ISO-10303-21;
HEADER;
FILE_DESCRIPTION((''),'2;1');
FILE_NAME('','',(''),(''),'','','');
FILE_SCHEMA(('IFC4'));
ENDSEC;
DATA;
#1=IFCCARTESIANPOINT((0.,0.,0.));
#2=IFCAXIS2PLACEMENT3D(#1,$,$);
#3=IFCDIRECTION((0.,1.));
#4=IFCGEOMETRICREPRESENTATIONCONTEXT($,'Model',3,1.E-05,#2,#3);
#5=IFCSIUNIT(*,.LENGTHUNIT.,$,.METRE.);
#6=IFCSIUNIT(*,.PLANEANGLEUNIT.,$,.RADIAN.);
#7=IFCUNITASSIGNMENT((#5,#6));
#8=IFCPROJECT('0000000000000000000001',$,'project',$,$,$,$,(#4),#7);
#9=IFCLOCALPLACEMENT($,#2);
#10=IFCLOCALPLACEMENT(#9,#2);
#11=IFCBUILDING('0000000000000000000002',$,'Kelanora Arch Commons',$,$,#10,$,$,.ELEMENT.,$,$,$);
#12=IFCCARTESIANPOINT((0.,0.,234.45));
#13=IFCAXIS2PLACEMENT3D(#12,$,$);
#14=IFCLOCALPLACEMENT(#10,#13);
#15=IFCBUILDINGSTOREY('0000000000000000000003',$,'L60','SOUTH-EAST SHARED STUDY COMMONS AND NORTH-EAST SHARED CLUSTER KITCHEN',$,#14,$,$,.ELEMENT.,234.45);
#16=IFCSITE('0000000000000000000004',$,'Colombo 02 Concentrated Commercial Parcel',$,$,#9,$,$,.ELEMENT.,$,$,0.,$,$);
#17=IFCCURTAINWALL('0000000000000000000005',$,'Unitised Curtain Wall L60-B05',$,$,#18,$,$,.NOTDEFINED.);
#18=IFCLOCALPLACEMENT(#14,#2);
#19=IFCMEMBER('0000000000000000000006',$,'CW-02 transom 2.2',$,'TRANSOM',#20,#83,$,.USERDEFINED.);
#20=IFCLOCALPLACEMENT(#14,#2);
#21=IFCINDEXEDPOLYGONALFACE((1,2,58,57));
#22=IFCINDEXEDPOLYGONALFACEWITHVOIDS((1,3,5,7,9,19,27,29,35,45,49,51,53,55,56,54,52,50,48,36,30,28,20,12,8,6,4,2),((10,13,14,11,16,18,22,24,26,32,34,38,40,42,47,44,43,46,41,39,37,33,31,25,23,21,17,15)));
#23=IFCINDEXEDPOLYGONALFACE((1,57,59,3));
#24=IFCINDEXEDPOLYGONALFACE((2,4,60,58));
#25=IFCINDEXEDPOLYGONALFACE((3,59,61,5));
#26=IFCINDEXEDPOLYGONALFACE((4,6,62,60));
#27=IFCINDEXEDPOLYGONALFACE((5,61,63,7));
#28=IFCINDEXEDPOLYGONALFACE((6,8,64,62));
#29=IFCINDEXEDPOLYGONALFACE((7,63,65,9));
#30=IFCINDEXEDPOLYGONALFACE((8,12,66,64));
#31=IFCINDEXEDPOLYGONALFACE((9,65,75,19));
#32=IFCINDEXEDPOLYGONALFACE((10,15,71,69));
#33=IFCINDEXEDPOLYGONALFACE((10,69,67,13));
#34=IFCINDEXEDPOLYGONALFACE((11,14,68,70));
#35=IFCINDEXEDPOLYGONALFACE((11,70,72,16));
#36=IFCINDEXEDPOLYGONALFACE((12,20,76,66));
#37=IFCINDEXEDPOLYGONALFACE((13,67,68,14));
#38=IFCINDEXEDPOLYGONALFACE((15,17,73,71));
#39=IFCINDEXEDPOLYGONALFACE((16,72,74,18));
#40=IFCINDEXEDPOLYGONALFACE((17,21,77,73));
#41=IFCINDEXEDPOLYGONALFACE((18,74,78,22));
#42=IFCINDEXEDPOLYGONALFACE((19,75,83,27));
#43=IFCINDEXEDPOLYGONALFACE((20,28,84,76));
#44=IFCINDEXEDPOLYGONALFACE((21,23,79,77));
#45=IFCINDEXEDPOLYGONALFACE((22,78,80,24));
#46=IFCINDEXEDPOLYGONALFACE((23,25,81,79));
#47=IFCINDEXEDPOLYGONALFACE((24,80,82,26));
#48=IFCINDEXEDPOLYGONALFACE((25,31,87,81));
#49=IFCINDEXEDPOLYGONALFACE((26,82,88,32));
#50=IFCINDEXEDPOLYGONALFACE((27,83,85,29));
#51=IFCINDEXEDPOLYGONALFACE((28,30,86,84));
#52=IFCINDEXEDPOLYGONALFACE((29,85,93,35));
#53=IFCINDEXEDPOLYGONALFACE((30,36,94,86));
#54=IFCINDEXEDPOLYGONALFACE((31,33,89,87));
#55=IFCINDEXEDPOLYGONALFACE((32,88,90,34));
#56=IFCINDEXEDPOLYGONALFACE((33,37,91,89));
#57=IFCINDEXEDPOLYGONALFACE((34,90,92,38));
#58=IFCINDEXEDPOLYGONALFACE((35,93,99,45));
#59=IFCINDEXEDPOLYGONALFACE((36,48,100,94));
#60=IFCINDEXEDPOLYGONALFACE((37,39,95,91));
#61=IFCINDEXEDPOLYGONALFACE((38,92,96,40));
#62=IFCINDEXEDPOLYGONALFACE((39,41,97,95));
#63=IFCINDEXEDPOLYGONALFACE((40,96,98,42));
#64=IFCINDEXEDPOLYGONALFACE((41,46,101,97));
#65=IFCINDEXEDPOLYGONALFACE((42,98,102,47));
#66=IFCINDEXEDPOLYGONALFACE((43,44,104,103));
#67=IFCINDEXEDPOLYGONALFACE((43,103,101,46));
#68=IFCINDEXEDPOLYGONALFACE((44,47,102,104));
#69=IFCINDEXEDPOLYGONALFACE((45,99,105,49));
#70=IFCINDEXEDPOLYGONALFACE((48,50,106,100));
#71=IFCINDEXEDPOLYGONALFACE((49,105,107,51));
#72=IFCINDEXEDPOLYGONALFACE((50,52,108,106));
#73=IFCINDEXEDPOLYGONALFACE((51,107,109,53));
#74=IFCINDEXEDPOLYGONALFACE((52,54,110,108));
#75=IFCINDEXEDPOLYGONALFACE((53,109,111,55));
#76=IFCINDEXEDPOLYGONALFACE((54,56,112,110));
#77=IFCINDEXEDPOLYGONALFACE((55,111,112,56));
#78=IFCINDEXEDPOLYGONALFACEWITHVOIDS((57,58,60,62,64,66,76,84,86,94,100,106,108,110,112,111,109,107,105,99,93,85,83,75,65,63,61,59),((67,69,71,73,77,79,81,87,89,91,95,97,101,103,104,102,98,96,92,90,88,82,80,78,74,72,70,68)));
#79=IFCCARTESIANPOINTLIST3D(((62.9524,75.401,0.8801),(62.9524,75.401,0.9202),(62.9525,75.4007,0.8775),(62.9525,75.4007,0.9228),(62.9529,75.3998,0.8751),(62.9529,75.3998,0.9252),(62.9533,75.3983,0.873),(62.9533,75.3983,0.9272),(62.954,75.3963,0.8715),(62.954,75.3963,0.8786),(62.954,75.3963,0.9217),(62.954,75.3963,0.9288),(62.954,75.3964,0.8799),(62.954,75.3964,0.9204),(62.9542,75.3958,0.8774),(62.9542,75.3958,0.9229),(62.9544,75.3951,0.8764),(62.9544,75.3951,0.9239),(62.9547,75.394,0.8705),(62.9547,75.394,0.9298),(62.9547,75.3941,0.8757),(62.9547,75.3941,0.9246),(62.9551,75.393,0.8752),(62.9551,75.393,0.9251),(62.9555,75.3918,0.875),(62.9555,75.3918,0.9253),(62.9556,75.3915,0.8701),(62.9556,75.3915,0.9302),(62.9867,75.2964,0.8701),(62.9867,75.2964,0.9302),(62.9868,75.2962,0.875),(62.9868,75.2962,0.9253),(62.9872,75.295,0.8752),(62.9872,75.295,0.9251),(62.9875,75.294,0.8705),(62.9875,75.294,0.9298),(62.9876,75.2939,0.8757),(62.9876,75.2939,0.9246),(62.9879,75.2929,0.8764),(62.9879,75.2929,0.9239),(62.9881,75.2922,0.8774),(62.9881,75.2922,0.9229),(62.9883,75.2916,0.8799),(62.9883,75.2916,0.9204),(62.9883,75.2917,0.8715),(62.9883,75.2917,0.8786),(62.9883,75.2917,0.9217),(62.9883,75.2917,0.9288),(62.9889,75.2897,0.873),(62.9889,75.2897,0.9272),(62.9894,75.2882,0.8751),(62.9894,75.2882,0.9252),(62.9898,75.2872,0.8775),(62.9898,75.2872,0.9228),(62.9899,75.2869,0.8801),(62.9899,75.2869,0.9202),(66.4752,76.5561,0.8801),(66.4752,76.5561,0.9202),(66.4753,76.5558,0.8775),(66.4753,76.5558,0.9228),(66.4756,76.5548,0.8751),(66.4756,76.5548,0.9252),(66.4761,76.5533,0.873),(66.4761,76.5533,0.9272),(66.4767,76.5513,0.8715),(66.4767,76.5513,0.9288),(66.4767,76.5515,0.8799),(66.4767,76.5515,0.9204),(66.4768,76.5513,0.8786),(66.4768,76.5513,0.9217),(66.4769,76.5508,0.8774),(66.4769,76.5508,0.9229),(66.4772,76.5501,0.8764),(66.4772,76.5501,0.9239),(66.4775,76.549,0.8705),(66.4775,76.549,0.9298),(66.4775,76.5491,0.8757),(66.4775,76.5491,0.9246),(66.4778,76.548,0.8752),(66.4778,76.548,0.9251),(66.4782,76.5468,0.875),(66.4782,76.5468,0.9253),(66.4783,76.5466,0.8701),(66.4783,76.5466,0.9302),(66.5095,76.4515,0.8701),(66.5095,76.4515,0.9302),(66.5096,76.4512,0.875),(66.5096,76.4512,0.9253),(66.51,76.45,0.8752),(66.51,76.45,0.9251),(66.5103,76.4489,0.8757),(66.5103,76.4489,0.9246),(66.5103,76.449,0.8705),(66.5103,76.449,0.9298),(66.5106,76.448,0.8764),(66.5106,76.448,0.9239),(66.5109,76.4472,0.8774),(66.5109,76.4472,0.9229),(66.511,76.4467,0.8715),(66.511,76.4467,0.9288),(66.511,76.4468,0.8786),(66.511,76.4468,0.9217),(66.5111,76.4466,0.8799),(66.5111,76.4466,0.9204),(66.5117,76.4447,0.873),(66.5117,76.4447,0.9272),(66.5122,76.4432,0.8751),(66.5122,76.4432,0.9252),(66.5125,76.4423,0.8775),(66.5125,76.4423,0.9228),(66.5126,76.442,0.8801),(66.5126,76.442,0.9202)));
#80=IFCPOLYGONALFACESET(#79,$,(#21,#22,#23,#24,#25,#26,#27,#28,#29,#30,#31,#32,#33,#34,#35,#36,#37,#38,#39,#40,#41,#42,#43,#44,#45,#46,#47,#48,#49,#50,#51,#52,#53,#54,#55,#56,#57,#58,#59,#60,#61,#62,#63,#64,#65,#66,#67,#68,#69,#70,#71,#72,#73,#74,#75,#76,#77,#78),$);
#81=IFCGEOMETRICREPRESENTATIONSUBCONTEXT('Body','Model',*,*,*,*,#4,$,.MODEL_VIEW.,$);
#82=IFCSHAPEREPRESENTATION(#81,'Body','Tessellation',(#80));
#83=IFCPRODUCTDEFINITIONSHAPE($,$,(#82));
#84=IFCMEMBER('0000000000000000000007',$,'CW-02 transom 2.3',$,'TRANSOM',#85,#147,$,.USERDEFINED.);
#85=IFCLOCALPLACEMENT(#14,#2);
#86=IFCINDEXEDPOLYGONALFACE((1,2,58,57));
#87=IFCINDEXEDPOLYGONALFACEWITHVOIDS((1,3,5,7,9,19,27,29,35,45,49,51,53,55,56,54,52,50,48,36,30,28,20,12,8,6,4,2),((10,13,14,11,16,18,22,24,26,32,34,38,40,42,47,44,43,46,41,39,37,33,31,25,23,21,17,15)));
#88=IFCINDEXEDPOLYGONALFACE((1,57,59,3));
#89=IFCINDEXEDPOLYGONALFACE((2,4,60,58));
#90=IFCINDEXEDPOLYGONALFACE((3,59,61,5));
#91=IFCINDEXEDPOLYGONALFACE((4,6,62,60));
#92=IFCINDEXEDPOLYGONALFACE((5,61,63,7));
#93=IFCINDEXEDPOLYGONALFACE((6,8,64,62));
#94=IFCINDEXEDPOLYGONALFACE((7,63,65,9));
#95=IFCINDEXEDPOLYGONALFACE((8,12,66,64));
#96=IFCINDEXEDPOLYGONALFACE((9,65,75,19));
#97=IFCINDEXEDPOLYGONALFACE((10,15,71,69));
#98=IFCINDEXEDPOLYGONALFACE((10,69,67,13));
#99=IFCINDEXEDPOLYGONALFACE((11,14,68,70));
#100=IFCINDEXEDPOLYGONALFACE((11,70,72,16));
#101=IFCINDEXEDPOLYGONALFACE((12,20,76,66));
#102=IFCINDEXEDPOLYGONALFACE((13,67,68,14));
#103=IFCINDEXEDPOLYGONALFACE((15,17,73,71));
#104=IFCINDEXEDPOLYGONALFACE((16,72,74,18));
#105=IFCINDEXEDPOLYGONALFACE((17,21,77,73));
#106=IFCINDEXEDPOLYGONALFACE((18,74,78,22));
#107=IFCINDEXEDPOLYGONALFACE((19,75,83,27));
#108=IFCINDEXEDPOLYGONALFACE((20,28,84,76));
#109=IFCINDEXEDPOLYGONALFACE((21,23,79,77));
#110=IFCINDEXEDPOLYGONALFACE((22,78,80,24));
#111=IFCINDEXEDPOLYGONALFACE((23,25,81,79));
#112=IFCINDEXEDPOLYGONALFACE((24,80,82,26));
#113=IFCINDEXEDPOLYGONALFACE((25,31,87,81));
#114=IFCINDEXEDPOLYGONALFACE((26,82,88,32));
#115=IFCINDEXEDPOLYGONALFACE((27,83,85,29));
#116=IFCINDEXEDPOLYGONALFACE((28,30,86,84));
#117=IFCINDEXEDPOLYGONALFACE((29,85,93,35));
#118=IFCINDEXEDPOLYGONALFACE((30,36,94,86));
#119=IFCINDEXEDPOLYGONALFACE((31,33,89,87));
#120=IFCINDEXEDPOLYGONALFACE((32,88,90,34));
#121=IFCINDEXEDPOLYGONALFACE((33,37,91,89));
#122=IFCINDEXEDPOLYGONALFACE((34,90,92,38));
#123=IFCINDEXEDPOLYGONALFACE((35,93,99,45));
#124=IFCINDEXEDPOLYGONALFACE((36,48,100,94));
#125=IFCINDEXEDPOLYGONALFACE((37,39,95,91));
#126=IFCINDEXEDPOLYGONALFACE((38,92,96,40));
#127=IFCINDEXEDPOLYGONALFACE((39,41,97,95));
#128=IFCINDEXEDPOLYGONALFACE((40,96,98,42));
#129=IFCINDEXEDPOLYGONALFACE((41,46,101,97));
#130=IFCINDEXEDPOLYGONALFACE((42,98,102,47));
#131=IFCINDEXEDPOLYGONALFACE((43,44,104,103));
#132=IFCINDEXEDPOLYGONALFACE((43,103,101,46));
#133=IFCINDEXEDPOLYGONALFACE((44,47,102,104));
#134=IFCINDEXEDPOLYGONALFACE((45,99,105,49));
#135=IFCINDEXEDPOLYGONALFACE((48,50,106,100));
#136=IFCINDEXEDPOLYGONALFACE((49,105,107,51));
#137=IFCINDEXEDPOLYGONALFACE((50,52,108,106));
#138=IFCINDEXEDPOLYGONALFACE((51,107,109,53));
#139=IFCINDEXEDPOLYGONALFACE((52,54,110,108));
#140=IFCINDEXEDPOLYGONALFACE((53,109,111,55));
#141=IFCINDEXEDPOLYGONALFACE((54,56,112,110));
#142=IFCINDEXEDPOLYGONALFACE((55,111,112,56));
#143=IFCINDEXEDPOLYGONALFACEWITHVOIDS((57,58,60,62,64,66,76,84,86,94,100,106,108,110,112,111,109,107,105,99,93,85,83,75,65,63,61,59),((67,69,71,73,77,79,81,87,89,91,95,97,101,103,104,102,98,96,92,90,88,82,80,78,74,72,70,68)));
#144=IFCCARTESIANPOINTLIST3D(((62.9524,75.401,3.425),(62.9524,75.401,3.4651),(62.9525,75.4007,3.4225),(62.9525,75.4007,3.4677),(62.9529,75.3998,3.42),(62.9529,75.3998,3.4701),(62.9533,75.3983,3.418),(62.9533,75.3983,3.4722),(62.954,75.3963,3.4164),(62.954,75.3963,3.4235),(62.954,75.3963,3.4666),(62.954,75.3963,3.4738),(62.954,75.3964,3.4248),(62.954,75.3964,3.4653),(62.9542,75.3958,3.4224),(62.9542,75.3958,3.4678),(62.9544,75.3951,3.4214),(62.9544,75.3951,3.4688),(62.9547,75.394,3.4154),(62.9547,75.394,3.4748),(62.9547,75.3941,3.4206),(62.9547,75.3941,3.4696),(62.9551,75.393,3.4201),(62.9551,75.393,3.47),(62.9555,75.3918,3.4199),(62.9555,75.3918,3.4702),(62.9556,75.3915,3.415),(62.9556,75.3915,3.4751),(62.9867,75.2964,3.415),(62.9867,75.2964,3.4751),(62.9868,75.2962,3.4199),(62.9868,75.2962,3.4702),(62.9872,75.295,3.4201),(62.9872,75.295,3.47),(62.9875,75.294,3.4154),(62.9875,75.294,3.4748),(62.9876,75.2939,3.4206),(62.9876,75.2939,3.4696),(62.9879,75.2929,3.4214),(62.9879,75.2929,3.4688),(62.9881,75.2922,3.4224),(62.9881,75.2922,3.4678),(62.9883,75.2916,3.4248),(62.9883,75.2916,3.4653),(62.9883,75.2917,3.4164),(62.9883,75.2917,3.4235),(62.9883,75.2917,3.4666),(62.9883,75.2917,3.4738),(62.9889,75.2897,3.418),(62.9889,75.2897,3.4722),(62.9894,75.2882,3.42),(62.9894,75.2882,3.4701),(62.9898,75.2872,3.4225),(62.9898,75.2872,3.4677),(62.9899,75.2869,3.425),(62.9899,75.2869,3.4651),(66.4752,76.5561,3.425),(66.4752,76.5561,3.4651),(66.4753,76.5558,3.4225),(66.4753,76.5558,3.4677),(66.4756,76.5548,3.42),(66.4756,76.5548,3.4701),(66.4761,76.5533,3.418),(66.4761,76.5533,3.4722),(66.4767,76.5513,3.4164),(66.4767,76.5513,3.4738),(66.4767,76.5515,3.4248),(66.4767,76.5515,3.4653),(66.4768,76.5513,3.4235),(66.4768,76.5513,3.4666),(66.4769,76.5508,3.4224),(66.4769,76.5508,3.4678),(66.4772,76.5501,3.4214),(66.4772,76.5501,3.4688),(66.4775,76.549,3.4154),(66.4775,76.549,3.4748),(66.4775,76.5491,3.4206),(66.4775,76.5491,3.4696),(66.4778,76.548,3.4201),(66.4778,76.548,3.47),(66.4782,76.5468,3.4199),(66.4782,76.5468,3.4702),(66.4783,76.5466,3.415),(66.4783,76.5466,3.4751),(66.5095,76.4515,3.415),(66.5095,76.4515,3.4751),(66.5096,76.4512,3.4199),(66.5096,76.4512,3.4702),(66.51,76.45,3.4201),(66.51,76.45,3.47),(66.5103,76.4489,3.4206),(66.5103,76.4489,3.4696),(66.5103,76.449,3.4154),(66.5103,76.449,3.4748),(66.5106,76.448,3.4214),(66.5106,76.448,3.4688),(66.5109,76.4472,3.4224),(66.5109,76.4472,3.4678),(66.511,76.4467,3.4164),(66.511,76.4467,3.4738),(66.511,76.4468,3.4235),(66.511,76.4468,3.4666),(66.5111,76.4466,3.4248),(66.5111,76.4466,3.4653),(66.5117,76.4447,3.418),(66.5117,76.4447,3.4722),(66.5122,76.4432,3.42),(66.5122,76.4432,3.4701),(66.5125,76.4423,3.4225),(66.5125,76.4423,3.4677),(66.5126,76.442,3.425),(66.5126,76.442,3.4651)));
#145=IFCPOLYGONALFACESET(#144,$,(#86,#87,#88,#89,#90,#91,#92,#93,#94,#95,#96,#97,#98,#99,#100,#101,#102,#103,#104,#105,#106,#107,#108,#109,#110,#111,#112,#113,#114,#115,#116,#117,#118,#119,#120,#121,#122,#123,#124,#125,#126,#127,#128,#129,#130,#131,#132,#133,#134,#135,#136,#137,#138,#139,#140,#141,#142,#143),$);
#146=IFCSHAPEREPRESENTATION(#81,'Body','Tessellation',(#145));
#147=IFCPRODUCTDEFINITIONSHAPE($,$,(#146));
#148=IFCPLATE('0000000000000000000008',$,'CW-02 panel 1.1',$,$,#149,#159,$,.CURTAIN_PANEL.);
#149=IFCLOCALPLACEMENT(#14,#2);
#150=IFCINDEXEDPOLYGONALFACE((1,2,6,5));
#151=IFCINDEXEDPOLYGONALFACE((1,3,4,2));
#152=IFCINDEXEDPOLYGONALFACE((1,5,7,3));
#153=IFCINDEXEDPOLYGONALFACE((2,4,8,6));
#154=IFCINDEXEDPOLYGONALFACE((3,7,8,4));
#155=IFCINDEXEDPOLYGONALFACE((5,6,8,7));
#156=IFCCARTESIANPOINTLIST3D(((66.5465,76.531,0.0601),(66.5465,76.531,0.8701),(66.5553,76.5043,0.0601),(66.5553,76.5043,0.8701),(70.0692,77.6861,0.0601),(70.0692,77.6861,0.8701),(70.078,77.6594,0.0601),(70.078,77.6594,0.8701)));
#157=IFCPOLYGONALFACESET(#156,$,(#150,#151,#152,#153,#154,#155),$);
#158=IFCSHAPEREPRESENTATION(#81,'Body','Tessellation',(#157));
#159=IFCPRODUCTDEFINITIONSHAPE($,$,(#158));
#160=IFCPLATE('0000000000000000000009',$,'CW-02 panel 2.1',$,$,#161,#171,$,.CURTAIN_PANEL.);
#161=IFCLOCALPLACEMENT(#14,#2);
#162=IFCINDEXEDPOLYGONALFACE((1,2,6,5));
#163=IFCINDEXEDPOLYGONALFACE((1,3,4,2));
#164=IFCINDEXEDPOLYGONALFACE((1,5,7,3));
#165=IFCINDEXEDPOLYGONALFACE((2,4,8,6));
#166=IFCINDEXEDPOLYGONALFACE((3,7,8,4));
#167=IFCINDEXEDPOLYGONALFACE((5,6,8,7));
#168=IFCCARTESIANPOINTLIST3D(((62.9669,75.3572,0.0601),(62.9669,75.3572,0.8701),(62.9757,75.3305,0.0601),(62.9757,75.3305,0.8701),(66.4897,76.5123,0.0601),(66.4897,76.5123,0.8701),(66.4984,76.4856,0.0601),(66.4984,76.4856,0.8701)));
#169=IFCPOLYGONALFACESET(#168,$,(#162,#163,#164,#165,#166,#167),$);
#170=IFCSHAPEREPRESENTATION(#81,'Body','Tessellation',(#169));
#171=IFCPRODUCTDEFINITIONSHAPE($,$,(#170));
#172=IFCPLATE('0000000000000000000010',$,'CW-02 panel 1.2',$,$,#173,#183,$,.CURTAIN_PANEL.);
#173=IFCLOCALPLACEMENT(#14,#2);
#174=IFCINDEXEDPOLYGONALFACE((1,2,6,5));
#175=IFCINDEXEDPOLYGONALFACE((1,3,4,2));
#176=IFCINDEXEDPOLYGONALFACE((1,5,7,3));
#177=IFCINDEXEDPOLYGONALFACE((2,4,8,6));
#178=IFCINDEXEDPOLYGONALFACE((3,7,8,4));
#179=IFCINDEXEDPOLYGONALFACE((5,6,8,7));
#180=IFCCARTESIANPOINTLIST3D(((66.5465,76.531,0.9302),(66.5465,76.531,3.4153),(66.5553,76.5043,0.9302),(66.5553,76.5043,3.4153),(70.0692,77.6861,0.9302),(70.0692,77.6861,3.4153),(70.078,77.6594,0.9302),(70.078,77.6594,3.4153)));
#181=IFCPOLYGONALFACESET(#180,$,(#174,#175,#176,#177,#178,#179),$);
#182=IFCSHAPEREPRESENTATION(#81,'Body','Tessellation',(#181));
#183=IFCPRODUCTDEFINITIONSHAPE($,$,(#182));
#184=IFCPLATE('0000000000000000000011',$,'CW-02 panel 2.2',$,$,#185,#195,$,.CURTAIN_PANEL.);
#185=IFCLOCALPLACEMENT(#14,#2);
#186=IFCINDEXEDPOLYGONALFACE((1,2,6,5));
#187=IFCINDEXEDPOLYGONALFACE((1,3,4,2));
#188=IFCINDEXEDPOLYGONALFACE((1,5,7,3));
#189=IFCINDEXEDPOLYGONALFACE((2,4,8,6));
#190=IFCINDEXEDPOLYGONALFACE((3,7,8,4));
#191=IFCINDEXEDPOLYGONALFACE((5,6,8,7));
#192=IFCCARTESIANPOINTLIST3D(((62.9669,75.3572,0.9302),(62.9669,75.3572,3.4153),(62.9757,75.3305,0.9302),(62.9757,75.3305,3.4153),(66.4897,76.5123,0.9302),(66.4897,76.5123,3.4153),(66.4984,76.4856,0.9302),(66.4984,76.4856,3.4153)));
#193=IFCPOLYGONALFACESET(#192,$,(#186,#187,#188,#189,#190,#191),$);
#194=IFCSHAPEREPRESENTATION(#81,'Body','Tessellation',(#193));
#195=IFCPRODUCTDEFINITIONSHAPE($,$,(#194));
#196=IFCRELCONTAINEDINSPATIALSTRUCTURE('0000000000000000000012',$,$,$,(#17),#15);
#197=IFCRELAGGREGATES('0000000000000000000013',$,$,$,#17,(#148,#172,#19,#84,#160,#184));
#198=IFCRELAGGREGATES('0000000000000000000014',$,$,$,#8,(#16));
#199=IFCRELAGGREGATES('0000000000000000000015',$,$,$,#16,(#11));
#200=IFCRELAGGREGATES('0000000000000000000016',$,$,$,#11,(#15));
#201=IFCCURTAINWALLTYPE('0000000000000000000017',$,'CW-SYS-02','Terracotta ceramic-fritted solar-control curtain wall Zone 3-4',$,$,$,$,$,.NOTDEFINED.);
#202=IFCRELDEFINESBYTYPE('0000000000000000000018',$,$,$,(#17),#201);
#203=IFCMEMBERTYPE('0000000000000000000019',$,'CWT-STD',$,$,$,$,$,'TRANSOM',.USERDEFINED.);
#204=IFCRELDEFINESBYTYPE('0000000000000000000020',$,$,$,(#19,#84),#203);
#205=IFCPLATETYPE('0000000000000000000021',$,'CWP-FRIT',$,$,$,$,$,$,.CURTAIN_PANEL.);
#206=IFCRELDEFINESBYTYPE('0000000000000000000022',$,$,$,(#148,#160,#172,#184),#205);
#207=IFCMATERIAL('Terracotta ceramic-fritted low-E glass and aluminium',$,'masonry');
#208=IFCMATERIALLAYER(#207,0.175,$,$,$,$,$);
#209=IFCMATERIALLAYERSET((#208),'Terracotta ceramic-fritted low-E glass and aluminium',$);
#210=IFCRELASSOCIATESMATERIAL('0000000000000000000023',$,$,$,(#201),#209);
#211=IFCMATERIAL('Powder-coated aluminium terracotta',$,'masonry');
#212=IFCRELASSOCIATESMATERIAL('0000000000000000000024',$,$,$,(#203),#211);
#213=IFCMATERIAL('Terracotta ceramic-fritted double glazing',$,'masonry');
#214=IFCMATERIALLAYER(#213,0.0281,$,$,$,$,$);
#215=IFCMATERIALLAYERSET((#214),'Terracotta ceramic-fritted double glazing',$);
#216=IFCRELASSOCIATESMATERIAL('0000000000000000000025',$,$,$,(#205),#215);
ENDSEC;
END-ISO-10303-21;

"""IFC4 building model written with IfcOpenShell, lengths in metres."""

from ifc_helpers import new_model, si_unit, direction, frame, origin, origin_2d, place, context, subcontext, project, spatial, rectangle, hollow_rectangle, extrude, source, transform, mapped, material, layer, layer_set, material_profile, profile_set, type_object, element, aggregate, save


model = new_model("IFC4")

# Units and contexts
model_context = context("Model", 3, precision=1e-05, world=origin(), true_north=direction((0.0, 1.0)))
body_context = subcontext(model_context, "Body", "Model", "MODEL_VIEW")
ifc_project = project(units=[si_unit("LENGTHUNIT", "METRE"), si_unit("PLANEANGLEUNIT", "RADIAN")], contexts=[model_context])

# Site, building, storey
site_placement = place(None, origin())
site = spatial("IfcSite", under=ifc_project, at=site_placement, Name="Colombo 02 Concentrated Commercial Parcel", CompositionType="ELEMENT", RefElevation=0.0)
building_placement = place(site_placement, origin())
building = spatial("IfcBuilding", under=site, at=building_placement, Name="Kelanora Arch Commons", CompositionType="ELEMENT")
storey_placement = place(building_placement, frame((0.0, 0.0, 234.45)))
storey = spatial("IfcBuildingStorey", under=building, at=storey_placement, Name="L60", Description="SOUTH-EAST SHARED STUDY COMMONS AND NORTH-EAST SHARED CLUSTER KITCHEN", CompositionType="ELEMENT", Elevation=234.45)

# Curtain wall, members, plates
ifc_material_1 = material(Name="Terracotta ceramic-fritted low-E glass and aluminium", Category="masonry")
ifc_layer_1 = layer(ifc_material_1, 0.175)
ifc_layer_set_1 = layer_set([ifc_layer_1], Name="Terracotta ceramic-fritted low-E glass and aluminium")
curtain_wall_type = type_object("IfcCurtainWallType", Name="CW-SYS-02", Description="Terracotta ceramic-fritted solar-control curtain wall Zone 3-4", PredefinedType="NOTDEFINED", material=ifc_layer_set_1)
curtain_wall_placement = place(storey_placement, origin())
curtain_wall = element("IfcCurtainWall", 1, at=curtain_wall_placement, inside=storey, type_object=curtain_wall_type, Name="Unitised Curtain Wall L60-B05", PredefinedType="NOTDEFINED")
ifc_material_2 = material(Name="Powder-coated aluminium terracotta", Category="masonry")
ifc_material_profile_1 = material_profile(ifc_material_2, hollow_rectangle(XDim=0.1201, YDim=0.0601, WallThickness=0.0049, InnerFilletRadius=0.0049, OuterFilletRadius=0.01, at=origin_2d()), Name="CWT120x60")
ifc_profile_set_1 = profile_set([ifc_material_profile_1], Name="Powder-coated aluminium terracotta")
member_type_1 = type_object("IfcMemberType", Name="CWT-STD", ElementType="TRANSOM", PredefinedType="USERDEFINED", material=ifc_profile_set_1)
member_1_placement = place(storey_placement, frame((66.4939, 76.499, 0.9001), z_axis=(-0.950226, -0.311561, 0.0), x_axis=(0.311561, -0.950226, 0.0)))
member_1 = element("IfcMember", 2, at=member_1_placement, type_object=member_type_1, Name="CW-02 transom 2.2", ObjectType="TRANSOM", PredefinedType="USERDEFINED", context=body_context, shape_type="SweptSolid", body=[
    extrude(hollow_rectangle(XDim=0.1201, YDim=0.0601, WallThickness=0.0049, InnerFilletRadius=0.0049, OuterFilletRadius=0.01, at=origin_2d()), origin(), (0.0, 0.0, 1.0), 3.7073),
])
member_2_placement = place(storey_placement, frame((66.4939, 76.499, 3.4451), z_axis=(-0.950226, -0.311561, 0.0), x_axis=(0.311561, -0.950226, 0.0)))
member_2 = element("IfcMember", 3, at=member_2_placement, type_object=member_type_1, Name="CW-02 transom 2.3", ObjectType="TRANSOM", PredefinedType="USERDEFINED", context=body_context, shape_type="SweptSolid", body=[
    extrude(hollow_rectangle(XDim=0.1201, YDim=0.0601, WallThickness=0.0049, InnerFilletRadius=0.0049, OuterFilletRadius=0.01, at=origin_2d()), origin(), (0.0, 0.0, 1.0), 3.7073),
])
ifc_material_3 = material(Name="Terracotta ceramic-fritted double glazing", Category="masonry")
ifc_layer_2 = layer(ifc_material_3, 0.0281)
ifc_layer_set_2 = layer_set([ifc_layer_2], Name="Terracotta ceramic-fritted double glazing")
plate_type = type_object("IfcPlateType", Name="CWP-FRIT", PredefinedType="CURTAIN_PANEL", material=ifc_layer_set_2)
shared_shape_1 = source(origin(), body_context, "Body", "SweptSolid", [
    extrude(rectangle(XDim=3.7073, YDim=0.0281, at=origin_2d()), origin(), (0.0, 0.0, 1.0), 0.8101),
])
plate_1_placement = place(storey_placement, frame((68.3123, 77.0952, 0.0601), z_axis=(0.0, 0.0, 1.0), x_axis=(-0.950219, -0.311582, 0.0)))
plate_1 = element("IfcPlate", 4, at=plate_1_placement, type_object=plate_type, Name="CW-02 panel 1.1", PredefinedType="CURTAIN_PANEL", context=body_context, shape_type="MappedRepresentation", body=[
    mapped(shared_shape_1, transform((0.0, 0.0, 0.0), scale=1.0)),
])
plate_2_placement = place(storey_placement, frame((64.7327, 75.9214, 0.0601), z_axis=(0.0, 0.0, 1.0), x_axis=(-0.950219, -0.311582, 0.0)))
plate_2 = element("IfcPlate", 5, at=plate_2_placement, type_object=plate_type, Name="CW-02 panel 2.1", PredefinedType="CURTAIN_PANEL", context=body_context, shape_type="MappedRepresentation", body=[
    mapped(shared_shape_1, transform((0.0, 0.0, 0.0), scale=1.0)),
])
shared_shape_2 = source(origin(), body_context, "Body", "SweptSolid", [
    extrude(rectangle(XDim=3.7073, YDim=0.0281, at=origin_2d()), origin(), (0.0, 0.0, 1.0), 2.4851),
])
plate_3_placement = place(storey_placement, frame((68.3123, 77.0952, 0.9302), z_axis=(0.0, 0.0, 1.0), x_axis=(-0.950219, -0.311582, 0.0)))
plate_3 = element("IfcPlate", 6, at=plate_3_placement, type_object=plate_type, Name="CW-02 panel 1.2", PredefinedType="CURTAIN_PANEL", context=body_context, shape_type="MappedRepresentation", body=[
    mapped(shared_shape_2, transform((0.0, 0.0, 0.0), scale=1.0)),
])
plate_4_placement = place(storey_placement, frame((64.7327, 75.9214, 0.9302), z_axis=(0.0, 0.0, 1.0), x_axis=(-0.950219, -0.311582, 0.0)))
plate_4 = element("IfcPlate", 7, at=plate_4_placement, type_object=plate_type, Name="CW-02 panel 2.2", PredefinedType="CURTAIN_PANEL", context=body_context, shape_type="MappedRepresentation", body=[
    mapped(shared_shape_2, transform((0.0, 0.0, 0.0), scale=1.0)),
])
aggregate(curtain_wall, [plate_1, plate_3, member_1, member_2, plate_2, plate_4])

save(model, "model.ifc")
